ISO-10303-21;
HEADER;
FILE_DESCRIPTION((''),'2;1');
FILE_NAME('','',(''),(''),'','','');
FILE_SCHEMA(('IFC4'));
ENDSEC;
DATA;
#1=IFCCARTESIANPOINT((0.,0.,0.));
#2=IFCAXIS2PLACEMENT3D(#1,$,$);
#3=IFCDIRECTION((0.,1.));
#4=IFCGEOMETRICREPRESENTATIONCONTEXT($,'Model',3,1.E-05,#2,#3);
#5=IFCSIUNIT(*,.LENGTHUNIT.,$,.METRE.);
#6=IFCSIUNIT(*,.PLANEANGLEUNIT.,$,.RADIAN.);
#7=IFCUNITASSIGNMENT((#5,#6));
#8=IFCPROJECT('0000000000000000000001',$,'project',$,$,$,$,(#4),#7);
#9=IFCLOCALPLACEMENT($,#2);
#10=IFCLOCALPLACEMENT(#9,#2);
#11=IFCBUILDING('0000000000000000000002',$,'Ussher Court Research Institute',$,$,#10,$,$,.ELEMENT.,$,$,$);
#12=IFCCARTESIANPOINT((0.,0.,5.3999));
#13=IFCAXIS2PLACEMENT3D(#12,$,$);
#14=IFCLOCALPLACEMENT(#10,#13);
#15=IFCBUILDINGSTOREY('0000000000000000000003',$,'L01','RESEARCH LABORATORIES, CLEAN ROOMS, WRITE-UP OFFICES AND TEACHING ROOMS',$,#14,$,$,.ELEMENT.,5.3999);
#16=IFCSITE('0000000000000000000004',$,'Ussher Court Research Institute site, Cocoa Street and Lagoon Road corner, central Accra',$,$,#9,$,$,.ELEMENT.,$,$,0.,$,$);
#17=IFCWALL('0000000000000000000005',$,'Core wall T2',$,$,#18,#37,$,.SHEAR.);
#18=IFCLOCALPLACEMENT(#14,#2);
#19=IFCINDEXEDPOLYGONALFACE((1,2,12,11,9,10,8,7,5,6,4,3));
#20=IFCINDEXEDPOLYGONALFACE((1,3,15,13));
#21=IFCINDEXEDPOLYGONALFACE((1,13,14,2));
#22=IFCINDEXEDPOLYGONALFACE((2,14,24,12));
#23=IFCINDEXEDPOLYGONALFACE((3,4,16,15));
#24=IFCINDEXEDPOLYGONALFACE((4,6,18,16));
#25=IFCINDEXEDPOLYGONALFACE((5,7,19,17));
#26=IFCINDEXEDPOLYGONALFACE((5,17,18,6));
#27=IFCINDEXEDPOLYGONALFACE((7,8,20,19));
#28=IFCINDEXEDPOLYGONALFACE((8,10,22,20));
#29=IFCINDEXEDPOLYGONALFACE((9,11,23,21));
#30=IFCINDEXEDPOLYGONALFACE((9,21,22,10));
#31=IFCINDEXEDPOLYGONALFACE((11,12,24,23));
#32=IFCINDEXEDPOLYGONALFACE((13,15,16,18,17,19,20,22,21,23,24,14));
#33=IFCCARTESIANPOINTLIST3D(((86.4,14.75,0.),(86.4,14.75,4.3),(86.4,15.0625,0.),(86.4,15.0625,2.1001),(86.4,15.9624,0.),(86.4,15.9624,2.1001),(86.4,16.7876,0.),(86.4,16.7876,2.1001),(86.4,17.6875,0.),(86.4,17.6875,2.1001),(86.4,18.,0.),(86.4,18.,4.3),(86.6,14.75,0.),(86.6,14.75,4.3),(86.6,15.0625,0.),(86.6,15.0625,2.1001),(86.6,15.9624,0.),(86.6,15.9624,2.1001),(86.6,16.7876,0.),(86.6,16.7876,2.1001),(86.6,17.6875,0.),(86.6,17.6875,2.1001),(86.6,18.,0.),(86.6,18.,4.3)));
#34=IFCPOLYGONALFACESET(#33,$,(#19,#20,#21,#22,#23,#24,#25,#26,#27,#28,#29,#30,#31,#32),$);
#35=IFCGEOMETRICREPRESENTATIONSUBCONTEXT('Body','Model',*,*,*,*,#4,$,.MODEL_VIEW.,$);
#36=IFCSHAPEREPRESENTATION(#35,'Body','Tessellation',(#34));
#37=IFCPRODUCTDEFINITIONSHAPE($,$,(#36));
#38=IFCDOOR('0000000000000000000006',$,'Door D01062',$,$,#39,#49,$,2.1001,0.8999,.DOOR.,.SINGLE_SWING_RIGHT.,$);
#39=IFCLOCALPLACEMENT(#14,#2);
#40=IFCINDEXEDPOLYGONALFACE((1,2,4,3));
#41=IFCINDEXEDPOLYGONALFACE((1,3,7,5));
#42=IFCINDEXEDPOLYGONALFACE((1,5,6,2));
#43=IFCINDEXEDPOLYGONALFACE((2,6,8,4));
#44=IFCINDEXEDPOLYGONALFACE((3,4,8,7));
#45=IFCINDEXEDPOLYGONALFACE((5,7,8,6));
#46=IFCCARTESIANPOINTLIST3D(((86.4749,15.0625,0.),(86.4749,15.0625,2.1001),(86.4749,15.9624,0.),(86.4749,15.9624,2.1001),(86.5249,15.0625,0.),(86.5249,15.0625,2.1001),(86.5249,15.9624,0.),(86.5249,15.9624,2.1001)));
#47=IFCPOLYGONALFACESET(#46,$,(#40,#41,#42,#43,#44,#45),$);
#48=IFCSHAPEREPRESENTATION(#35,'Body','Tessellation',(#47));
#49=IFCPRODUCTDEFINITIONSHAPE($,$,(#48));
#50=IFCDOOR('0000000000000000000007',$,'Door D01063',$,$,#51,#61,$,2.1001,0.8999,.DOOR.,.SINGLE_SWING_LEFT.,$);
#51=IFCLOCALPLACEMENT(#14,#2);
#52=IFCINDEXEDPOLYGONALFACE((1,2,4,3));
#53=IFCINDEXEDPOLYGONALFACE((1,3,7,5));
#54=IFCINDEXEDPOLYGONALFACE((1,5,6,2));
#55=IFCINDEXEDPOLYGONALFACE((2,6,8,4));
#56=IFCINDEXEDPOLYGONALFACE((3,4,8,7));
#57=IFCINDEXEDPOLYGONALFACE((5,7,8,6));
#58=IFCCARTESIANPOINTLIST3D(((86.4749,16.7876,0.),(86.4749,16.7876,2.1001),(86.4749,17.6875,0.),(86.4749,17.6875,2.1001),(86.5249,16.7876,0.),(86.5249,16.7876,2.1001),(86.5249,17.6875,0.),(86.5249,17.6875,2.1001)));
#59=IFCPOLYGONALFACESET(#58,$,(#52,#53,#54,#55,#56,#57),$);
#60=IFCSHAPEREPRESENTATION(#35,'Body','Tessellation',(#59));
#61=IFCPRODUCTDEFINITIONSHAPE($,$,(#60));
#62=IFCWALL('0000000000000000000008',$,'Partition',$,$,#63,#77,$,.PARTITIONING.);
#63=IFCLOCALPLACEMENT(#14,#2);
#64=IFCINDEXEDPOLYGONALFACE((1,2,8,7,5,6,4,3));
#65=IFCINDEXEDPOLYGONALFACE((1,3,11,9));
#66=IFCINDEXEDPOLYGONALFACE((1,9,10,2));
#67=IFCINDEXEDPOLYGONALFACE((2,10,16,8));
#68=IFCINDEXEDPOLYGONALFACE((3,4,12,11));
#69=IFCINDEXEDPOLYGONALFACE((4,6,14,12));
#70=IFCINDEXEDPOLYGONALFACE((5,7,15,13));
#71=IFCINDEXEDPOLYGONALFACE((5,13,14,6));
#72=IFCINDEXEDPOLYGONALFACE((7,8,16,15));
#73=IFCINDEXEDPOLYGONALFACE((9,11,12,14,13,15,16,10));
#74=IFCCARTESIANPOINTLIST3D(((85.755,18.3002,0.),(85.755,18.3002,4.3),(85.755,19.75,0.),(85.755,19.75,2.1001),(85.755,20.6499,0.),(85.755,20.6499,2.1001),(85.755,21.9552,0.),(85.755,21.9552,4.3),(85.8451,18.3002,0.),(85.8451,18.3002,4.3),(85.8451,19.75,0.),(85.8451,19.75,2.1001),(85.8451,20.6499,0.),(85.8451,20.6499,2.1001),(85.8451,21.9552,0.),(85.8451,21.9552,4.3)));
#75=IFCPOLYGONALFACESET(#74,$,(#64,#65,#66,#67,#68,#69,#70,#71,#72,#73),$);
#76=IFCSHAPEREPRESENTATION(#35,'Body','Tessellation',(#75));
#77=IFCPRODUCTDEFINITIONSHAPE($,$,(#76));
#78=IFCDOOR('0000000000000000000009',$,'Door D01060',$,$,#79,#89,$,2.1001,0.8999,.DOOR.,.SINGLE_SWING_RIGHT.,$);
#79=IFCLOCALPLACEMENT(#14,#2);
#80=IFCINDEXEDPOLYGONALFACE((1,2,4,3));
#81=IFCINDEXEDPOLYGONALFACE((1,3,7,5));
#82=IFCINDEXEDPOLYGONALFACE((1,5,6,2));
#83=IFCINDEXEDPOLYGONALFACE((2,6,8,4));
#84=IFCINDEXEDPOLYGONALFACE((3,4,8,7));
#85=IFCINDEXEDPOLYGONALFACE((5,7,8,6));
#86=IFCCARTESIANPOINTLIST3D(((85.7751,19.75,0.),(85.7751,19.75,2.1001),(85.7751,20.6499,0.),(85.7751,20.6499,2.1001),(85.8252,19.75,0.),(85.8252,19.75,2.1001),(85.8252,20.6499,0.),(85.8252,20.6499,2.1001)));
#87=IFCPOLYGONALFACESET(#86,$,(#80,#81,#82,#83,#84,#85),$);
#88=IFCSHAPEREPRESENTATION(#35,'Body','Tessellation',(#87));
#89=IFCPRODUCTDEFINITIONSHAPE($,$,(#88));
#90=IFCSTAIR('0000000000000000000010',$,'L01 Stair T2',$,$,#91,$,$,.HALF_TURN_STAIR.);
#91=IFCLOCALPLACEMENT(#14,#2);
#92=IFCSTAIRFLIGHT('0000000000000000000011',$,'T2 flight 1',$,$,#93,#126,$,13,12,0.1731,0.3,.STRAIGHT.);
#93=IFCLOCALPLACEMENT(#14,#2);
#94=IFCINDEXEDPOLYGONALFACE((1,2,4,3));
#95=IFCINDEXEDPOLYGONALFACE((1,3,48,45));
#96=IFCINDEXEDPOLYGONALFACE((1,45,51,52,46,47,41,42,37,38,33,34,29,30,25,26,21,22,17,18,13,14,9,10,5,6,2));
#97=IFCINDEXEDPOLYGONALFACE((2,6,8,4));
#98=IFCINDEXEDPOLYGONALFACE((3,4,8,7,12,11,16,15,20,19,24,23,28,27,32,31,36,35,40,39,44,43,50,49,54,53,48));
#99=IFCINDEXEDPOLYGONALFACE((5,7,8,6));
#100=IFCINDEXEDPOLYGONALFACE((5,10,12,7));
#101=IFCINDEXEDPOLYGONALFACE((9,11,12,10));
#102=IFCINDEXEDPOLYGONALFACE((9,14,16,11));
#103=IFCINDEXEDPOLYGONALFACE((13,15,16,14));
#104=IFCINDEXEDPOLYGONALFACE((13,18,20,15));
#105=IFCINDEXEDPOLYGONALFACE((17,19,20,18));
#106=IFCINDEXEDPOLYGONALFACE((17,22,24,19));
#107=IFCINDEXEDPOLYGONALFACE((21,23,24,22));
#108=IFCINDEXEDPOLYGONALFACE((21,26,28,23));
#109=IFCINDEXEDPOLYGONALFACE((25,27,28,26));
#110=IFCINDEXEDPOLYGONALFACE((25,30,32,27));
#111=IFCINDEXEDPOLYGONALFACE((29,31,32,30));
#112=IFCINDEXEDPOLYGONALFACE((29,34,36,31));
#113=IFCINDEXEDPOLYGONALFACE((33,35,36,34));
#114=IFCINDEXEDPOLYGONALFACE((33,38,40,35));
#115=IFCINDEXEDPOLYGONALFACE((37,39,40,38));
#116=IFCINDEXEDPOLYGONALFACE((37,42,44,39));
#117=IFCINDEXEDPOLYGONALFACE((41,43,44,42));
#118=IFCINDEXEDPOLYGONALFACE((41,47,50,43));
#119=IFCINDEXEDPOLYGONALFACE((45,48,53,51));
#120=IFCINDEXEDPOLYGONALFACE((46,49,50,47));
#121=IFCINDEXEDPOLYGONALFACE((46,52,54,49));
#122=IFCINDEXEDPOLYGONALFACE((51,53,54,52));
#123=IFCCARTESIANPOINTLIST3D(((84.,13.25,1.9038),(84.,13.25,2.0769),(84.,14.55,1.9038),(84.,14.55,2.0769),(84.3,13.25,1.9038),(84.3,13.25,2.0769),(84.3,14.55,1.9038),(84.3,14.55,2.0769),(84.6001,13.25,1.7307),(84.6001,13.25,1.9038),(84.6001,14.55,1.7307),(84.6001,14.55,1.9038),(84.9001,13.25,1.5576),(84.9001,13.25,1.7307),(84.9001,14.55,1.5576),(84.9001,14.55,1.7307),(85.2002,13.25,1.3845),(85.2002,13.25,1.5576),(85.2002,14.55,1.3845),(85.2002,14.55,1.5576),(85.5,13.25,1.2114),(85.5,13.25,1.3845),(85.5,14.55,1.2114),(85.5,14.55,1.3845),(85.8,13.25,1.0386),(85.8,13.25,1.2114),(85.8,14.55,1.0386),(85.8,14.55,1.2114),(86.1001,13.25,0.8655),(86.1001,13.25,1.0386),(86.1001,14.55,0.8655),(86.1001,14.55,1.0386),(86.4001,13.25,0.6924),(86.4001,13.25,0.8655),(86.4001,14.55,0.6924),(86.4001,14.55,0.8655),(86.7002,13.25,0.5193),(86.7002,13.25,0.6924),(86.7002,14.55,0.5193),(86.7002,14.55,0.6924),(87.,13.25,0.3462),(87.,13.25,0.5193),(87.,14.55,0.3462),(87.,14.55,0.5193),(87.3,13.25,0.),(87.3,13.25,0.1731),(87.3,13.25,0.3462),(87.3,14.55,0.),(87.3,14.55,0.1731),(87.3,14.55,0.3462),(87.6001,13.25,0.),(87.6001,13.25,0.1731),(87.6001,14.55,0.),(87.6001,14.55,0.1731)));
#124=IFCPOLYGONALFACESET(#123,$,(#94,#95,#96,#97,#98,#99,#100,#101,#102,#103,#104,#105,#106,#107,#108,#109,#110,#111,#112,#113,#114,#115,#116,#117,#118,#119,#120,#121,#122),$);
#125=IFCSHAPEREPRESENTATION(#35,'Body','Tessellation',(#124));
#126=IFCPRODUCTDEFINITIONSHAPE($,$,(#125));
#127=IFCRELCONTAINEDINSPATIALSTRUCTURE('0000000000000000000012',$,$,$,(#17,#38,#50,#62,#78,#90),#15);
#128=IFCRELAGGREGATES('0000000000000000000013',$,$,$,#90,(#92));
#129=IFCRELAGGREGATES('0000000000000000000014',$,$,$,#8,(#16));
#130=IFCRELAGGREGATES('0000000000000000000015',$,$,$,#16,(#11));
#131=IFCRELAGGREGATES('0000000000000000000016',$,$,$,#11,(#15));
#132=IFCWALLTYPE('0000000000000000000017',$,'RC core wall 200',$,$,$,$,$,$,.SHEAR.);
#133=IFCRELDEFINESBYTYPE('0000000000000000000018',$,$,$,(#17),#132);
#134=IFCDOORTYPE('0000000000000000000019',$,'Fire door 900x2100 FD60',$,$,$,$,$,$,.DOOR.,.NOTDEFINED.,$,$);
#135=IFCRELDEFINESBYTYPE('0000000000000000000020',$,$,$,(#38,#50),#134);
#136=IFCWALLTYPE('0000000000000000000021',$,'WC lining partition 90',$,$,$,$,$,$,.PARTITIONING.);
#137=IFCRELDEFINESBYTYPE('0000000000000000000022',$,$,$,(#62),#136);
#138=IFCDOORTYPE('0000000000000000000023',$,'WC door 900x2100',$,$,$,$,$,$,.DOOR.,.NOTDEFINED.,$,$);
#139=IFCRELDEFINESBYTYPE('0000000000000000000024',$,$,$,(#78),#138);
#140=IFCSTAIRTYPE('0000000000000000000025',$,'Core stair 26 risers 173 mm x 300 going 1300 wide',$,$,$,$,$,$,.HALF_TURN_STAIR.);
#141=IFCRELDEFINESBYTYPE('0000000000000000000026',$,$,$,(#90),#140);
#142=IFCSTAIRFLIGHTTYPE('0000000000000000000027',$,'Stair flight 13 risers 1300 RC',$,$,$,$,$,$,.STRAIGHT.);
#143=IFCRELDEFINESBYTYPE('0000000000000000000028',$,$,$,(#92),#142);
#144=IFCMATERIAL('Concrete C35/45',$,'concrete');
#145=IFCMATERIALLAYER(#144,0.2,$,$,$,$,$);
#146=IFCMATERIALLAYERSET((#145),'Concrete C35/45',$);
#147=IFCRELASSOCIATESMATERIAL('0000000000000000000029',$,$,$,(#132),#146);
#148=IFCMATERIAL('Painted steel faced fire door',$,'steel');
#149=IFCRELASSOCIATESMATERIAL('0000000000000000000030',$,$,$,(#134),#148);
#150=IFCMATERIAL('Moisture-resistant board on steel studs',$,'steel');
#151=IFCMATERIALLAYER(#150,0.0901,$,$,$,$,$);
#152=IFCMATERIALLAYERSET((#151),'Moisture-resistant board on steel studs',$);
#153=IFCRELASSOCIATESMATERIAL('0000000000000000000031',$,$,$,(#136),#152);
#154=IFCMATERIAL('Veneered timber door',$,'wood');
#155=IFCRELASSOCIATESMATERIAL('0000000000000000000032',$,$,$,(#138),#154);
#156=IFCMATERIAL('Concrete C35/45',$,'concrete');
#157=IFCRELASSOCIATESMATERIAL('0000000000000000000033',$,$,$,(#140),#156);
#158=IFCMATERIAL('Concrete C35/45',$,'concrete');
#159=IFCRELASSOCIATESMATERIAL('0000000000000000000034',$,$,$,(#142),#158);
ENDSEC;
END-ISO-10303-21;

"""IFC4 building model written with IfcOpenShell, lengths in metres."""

from ifc_helpers import new_model, si_unit, direction, frame, frame_2d, origin, place, context, subcontext, project, spatial, polyline, rectangle, outline, extrude, material, layer, layer_set, type_object, element, fill, aggregate, save


model = new_model("IFC4")

# Units and contexts
model_context = context("Model", 3, precision=1e-05, world=origin(), true_north=direction((0.0, 1.0)))
body_context = subcontext(model_context, "Body", "Model", "MODEL_VIEW")
ifc_project = project(units=[si_unit("LENGTHUNIT", "METRE"), si_unit("PLANEANGLEUNIT", "RADIAN")], contexts=[model_context])

# Site, building, storey
site_placement = place(None, origin())
site = spatial("IfcSite", under=ifc_project, at=site_placement, Name="Ussher Court Research Institute site, Cocoa Street and Lagoon Road corner, central Accra", CompositionType="ELEMENT", RefElevation=0.0)
building_placement = place(site_placement, origin())
building = spatial("IfcBuilding", under=site, at=building_placement, Name="Ussher Court Research Institute", CompositionType="ELEMENT")
storey_placement = place(building_placement, frame((0.0, 0.0, 5.3999)))
storey = spatial("IfcBuildingStorey", under=building, at=storey_placement, Name="L01", Description="RESEARCH LABORATORIES, CLEAN ROOMS, WRITE-UP OFFICES AND TEACHING ROOMS", CompositionType="ELEMENT", Elevation=5.3999)

# Shared definitions
ifc_material_1 = material(Name="Concrete C35/45", Category="concrete")
ifc_layer_1 = layer(ifc_material_1, 0.2)
ifc_layer_set_1 = layer_set([ifc_layer_1], Name="Concrete C35/45")
wall_type_1 = type_object("IfcWallType", Name="RC core wall 200", PredefinedType="SHEAR", material=ifc_layer_set_1)

# Wall, openings, doors
wall_1_placement = place(storey_placement, frame((86.5, 18.0, 0.0), z_axis=(0.0, 0.0, 1.0), x_axis=(0.0, -1.0, 0.0)))
wall_1 = element("IfcWall", 1, at=wall_1_placement, inside=storey, type_object=wall_type_1, Name="Core wall T2", PredefinedType="SHEAR", context=body_context, shape_type="SweptSolid", body=[
    extrude(rectangle(XDim=3.25, YDim=0.2, at=frame_2d((1.625, 0.0))), origin(), (0.0, 0.0, 1.0), 4.3),
])
opening_1_placement = place(wall_1_placement, frame((2.0376, 0.0, 0.0)))
opening_1 = element("IfcOpeningElement", 2, at=opening_1_placement, cuts=wall_1, PredefinedType="OPENING", context=body_context, shape_type="SweptSolid", body=[
    extrude(rectangle(XDim=0.8999, YDim=2.1001, at=frame_2d((0.45, 1.05))), frame((0.0, 0.1099, 0.0), z_axis=(0.0, -1.0, 0.0), x_axis=(1.0, 0.0, 0.0)), (0.0, 0.0, 1.0), 0.22),
])
opening_2_placement = place(wall_1_placement, frame((0.3125, 0.0, 0.0)))
opening_2 = element("IfcOpeningElement", 3, at=opening_2_placement, cuts=wall_1, PredefinedType="OPENING", context=body_context, shape_type="SweptSolid", body=[
    extrude(rectangle(XDim=0.8999, YDim=2.1001, at=frame_2d((0.45, 1.05))), frame((0.0, 0.1099, 0.0), z_axis=(0.0, -1.0, 0.0), x_axis=(1.0, 0.0, 0.0)), (0.0, 0.0, 1.0), 0.22),
])
ifc_material_2 = material(Name="Painted steel faced fire door", Category="steel")
door_type_1 = type_object("IfcDoorType", Name="Fire door 900x2100 FD60", OperationType="NOTDEFINED", PredefinedType="DOOR", material=ifc_material_2)
door_1_placement = place(opening_1_placement, origin())
door_1 = element("IfcDoor", 4, at=door_1_placement, inside=storey, type_object=door_type_1, Name="Door D01062", OperationType="SINGLE_SWING_RIGHT", OverallHeight=2.1001, OverallWidth=0.8999, PredefinedType="DOOR", context=body_context, shape_type="SweptSolid", body=[
    extrude(rectangle(XDim=0.8999, YDim=2.1001, at=frame_2d((0.45, 1.05))), frame((0.0, 0.0249, 0.0), z_axis=(0.0, -1.0, 0.0), x_axis=(1.0, 0.0, 0.0)), (0.0, 0.0, 1.0), 0.05),
])
fill(opening_1, door_1)
door_2_placement = place(opening_2_placement, origin())
door_2 = element("IfcDoor", 5, at=door_2_placement, inside=storey, type_object=door_type_1, Name="Door D01063", OperationType="SINGLE_SWING_LEFT", OverallHeight=2.1001, OverallWidth=0.8999, PredefinedType="DOOR", context=body_context, shape_type="SweptSolid", body=[
    extrude(rectangle(XDim=0.8999, YDim=2.1001, at=frame_2d((0.45, 1.05))), frame((0.0, 0.0249, 0.0), z_axis=(0.0, -1.0, 0.0), x_axis=(1.0, 0.0, 0.0)), (0.0, 0.0, 1.0), 0.05),
])
fill(opening_2, door_2)

# Wall, opening, door
ifc_material_3 = material(Name="Moisture-resistant board on steel studs", Category="steel")
ifc_layer_2 = layer(ifc_material_3, 0.0901)
ifc_layer_set_2 = layer_set([ifc_layer_2], Name="Moisture-resistant board on steel studs")
wall_type_2 = type_object("IfcWallType", Name="WC lining partition 90", PredefinedType="PARTITIONING", material=ifc_layer_set_2)
wall_2_placement = place(storey_placement, frame((85.8, 18.3, 0.0), z_axis=(0.0, 0.0, 1.0), x_axis=(0.0, 1.0, 0.0)))
wall_2 = element("IfcWall", 6, at=wall_2_placement, inside=storey, type_object=wall_type_2, Name="Partition", PredefinedType="PARTITIONING", context=body_context, shape_type="SweptSolid", body=[
    extrude(rectangle(XDim=3.655, YDim=0.0901, at=frame_2d((1.8276, 0.0))), origin(), (0.0, 0.0, 1.0), 4.3),
])
opening_3_placement = place(wall_2_placement, frame((1.45, 0.0, 0.0)))
opening_3 = element("IfcOpeningElement", 7, at=opening_3_placement, cuts=wall_2, PredefinedType="OPENING", context=body_context, shape_type="SweptSolid", body=[
    extrude(rectangle(XDim=0.8999, YDim=2.1001, at=frame_2d((0.45, 1.05))), frame((0.0, 0.0552, 0.0), z_axis=(0.0, -1.0, 0.0), x_axis=(1.0, 0.0, 0.0)), (0.0, 0.0, 1.0), 0.1101),
])
ifc_material_4 = material(Name="Veneered timber door", Category="wood")
door_type_2 = type_object("IfcDoorType", Name="WC door 900x2100", OperationType="NOTDEFINED", PredefinedType="DOOR", material=ifc_material_4)
door_3_placement = place(opening_3_placement, origin())
door_3 = element("IfcDoor", 8, at=door_3_placement, inside=storey, type_object=door_type_2, Name="Door D01060", OperationType="SINGLE_SWING_RIGHT", OverallHeight=2.1001, OverallWidth=0.8999, PredefinedType="DOOR", context=body_context, shape_type="SweptSolid", body=[
    extrude(rectangle(XDim=0.8999, YDim=2.1001, at=frame_2d((0.45, 1.05))), frame((0.0, 0.0249, 0.0), z_axis=(0.0, -1.0, 0.0), x_axis=(1.0, 0.0, 0.0)), (0.0, 0.0, 1.0), 0.05),
])
fill(opening_3, door_3)

# Stair, stair flight
ifc_material_5 = material(Name="Concrete C35/45", Category="concrete")
stair_type = type_object("IfcStairType", Name="Core stair 26 risers 173 mm x 300 going 1300 wide", PredefinedType="HALF_TURN_STAIR", material=ifc_material_5)
stair_placement = place(storey_placement, origin())
stair = element("IfcStair", 9, at=stair_placement, inside=storey, type_object=stair_type, Name="L01 Stair T2", PredefinedType="HALF_TURN_STAIR")
ifc_material_6 = material(Name="Concrete C35/45", Category="concrete")
stair_flight_type = type_object("IfcStairFlightType", Name="Stair flight 13 risers 1300 RC", PredefinedType="STRAIGHT", material=ifc_material_6)
stair_flight_placement = place(storey_placement, frame((87.6001, 13.8999, 0.0), z_axis=(0.0, 0.0, 1.0), x_axis=(-1.0, 0.0, 0.0)))
stair_flight = element("IfcStairFlight", 10, at=stair_flight_placement, type_object=stair_flight_type, Name="T2 flight 1", NumberOfRisers=13, NumberOfTreads=12, PredefinedType="STRAIGHT", RiserHeight=0.1731, TreadLength=0.3, context=body_context, shape_type="SweptSolid", body=[
    extrude(outline(polyline([(0.0, 0.0), (0.0, 0.1731), (0.3, 0.1731), (0.3, 0.3462), (0.6001, 0.3462), (0.6001, 0.5193), (0.8999, 0.5193), (0.8999, 0.6924), (1.2, 0.6924), (1.2, 0.8655), (1.5, 0.8655), (1.5, 1.0386), (1.8, 1.0386), (1.8, 1.2114), (2.1001, 1.2114), (2.1001, 1.3845), (2.3999, 1.3845), (2.3999, 1.5576), (2.7, 1.5576), (2.7, 1.7307), (3.0, 1.7307), (3.0, 1.9038), (3.3, 1.9038), (3.3, 2.0769), (3.6001, 2.0769), (3.6001, 2.25), (3.6001, 1.9038), (0.3, 0.0), (0.0, 0.0)])), frame((0.0, 0.6499, 0.0), z_axis=(0.0, -1.0, 0.0), x_axis=(1.0, 0.0, 0.0)), (0.0, 0.0, 1.0), 1.3),
])
aggregate(stair, [stair_flight])

save(model, "model.ifc")
